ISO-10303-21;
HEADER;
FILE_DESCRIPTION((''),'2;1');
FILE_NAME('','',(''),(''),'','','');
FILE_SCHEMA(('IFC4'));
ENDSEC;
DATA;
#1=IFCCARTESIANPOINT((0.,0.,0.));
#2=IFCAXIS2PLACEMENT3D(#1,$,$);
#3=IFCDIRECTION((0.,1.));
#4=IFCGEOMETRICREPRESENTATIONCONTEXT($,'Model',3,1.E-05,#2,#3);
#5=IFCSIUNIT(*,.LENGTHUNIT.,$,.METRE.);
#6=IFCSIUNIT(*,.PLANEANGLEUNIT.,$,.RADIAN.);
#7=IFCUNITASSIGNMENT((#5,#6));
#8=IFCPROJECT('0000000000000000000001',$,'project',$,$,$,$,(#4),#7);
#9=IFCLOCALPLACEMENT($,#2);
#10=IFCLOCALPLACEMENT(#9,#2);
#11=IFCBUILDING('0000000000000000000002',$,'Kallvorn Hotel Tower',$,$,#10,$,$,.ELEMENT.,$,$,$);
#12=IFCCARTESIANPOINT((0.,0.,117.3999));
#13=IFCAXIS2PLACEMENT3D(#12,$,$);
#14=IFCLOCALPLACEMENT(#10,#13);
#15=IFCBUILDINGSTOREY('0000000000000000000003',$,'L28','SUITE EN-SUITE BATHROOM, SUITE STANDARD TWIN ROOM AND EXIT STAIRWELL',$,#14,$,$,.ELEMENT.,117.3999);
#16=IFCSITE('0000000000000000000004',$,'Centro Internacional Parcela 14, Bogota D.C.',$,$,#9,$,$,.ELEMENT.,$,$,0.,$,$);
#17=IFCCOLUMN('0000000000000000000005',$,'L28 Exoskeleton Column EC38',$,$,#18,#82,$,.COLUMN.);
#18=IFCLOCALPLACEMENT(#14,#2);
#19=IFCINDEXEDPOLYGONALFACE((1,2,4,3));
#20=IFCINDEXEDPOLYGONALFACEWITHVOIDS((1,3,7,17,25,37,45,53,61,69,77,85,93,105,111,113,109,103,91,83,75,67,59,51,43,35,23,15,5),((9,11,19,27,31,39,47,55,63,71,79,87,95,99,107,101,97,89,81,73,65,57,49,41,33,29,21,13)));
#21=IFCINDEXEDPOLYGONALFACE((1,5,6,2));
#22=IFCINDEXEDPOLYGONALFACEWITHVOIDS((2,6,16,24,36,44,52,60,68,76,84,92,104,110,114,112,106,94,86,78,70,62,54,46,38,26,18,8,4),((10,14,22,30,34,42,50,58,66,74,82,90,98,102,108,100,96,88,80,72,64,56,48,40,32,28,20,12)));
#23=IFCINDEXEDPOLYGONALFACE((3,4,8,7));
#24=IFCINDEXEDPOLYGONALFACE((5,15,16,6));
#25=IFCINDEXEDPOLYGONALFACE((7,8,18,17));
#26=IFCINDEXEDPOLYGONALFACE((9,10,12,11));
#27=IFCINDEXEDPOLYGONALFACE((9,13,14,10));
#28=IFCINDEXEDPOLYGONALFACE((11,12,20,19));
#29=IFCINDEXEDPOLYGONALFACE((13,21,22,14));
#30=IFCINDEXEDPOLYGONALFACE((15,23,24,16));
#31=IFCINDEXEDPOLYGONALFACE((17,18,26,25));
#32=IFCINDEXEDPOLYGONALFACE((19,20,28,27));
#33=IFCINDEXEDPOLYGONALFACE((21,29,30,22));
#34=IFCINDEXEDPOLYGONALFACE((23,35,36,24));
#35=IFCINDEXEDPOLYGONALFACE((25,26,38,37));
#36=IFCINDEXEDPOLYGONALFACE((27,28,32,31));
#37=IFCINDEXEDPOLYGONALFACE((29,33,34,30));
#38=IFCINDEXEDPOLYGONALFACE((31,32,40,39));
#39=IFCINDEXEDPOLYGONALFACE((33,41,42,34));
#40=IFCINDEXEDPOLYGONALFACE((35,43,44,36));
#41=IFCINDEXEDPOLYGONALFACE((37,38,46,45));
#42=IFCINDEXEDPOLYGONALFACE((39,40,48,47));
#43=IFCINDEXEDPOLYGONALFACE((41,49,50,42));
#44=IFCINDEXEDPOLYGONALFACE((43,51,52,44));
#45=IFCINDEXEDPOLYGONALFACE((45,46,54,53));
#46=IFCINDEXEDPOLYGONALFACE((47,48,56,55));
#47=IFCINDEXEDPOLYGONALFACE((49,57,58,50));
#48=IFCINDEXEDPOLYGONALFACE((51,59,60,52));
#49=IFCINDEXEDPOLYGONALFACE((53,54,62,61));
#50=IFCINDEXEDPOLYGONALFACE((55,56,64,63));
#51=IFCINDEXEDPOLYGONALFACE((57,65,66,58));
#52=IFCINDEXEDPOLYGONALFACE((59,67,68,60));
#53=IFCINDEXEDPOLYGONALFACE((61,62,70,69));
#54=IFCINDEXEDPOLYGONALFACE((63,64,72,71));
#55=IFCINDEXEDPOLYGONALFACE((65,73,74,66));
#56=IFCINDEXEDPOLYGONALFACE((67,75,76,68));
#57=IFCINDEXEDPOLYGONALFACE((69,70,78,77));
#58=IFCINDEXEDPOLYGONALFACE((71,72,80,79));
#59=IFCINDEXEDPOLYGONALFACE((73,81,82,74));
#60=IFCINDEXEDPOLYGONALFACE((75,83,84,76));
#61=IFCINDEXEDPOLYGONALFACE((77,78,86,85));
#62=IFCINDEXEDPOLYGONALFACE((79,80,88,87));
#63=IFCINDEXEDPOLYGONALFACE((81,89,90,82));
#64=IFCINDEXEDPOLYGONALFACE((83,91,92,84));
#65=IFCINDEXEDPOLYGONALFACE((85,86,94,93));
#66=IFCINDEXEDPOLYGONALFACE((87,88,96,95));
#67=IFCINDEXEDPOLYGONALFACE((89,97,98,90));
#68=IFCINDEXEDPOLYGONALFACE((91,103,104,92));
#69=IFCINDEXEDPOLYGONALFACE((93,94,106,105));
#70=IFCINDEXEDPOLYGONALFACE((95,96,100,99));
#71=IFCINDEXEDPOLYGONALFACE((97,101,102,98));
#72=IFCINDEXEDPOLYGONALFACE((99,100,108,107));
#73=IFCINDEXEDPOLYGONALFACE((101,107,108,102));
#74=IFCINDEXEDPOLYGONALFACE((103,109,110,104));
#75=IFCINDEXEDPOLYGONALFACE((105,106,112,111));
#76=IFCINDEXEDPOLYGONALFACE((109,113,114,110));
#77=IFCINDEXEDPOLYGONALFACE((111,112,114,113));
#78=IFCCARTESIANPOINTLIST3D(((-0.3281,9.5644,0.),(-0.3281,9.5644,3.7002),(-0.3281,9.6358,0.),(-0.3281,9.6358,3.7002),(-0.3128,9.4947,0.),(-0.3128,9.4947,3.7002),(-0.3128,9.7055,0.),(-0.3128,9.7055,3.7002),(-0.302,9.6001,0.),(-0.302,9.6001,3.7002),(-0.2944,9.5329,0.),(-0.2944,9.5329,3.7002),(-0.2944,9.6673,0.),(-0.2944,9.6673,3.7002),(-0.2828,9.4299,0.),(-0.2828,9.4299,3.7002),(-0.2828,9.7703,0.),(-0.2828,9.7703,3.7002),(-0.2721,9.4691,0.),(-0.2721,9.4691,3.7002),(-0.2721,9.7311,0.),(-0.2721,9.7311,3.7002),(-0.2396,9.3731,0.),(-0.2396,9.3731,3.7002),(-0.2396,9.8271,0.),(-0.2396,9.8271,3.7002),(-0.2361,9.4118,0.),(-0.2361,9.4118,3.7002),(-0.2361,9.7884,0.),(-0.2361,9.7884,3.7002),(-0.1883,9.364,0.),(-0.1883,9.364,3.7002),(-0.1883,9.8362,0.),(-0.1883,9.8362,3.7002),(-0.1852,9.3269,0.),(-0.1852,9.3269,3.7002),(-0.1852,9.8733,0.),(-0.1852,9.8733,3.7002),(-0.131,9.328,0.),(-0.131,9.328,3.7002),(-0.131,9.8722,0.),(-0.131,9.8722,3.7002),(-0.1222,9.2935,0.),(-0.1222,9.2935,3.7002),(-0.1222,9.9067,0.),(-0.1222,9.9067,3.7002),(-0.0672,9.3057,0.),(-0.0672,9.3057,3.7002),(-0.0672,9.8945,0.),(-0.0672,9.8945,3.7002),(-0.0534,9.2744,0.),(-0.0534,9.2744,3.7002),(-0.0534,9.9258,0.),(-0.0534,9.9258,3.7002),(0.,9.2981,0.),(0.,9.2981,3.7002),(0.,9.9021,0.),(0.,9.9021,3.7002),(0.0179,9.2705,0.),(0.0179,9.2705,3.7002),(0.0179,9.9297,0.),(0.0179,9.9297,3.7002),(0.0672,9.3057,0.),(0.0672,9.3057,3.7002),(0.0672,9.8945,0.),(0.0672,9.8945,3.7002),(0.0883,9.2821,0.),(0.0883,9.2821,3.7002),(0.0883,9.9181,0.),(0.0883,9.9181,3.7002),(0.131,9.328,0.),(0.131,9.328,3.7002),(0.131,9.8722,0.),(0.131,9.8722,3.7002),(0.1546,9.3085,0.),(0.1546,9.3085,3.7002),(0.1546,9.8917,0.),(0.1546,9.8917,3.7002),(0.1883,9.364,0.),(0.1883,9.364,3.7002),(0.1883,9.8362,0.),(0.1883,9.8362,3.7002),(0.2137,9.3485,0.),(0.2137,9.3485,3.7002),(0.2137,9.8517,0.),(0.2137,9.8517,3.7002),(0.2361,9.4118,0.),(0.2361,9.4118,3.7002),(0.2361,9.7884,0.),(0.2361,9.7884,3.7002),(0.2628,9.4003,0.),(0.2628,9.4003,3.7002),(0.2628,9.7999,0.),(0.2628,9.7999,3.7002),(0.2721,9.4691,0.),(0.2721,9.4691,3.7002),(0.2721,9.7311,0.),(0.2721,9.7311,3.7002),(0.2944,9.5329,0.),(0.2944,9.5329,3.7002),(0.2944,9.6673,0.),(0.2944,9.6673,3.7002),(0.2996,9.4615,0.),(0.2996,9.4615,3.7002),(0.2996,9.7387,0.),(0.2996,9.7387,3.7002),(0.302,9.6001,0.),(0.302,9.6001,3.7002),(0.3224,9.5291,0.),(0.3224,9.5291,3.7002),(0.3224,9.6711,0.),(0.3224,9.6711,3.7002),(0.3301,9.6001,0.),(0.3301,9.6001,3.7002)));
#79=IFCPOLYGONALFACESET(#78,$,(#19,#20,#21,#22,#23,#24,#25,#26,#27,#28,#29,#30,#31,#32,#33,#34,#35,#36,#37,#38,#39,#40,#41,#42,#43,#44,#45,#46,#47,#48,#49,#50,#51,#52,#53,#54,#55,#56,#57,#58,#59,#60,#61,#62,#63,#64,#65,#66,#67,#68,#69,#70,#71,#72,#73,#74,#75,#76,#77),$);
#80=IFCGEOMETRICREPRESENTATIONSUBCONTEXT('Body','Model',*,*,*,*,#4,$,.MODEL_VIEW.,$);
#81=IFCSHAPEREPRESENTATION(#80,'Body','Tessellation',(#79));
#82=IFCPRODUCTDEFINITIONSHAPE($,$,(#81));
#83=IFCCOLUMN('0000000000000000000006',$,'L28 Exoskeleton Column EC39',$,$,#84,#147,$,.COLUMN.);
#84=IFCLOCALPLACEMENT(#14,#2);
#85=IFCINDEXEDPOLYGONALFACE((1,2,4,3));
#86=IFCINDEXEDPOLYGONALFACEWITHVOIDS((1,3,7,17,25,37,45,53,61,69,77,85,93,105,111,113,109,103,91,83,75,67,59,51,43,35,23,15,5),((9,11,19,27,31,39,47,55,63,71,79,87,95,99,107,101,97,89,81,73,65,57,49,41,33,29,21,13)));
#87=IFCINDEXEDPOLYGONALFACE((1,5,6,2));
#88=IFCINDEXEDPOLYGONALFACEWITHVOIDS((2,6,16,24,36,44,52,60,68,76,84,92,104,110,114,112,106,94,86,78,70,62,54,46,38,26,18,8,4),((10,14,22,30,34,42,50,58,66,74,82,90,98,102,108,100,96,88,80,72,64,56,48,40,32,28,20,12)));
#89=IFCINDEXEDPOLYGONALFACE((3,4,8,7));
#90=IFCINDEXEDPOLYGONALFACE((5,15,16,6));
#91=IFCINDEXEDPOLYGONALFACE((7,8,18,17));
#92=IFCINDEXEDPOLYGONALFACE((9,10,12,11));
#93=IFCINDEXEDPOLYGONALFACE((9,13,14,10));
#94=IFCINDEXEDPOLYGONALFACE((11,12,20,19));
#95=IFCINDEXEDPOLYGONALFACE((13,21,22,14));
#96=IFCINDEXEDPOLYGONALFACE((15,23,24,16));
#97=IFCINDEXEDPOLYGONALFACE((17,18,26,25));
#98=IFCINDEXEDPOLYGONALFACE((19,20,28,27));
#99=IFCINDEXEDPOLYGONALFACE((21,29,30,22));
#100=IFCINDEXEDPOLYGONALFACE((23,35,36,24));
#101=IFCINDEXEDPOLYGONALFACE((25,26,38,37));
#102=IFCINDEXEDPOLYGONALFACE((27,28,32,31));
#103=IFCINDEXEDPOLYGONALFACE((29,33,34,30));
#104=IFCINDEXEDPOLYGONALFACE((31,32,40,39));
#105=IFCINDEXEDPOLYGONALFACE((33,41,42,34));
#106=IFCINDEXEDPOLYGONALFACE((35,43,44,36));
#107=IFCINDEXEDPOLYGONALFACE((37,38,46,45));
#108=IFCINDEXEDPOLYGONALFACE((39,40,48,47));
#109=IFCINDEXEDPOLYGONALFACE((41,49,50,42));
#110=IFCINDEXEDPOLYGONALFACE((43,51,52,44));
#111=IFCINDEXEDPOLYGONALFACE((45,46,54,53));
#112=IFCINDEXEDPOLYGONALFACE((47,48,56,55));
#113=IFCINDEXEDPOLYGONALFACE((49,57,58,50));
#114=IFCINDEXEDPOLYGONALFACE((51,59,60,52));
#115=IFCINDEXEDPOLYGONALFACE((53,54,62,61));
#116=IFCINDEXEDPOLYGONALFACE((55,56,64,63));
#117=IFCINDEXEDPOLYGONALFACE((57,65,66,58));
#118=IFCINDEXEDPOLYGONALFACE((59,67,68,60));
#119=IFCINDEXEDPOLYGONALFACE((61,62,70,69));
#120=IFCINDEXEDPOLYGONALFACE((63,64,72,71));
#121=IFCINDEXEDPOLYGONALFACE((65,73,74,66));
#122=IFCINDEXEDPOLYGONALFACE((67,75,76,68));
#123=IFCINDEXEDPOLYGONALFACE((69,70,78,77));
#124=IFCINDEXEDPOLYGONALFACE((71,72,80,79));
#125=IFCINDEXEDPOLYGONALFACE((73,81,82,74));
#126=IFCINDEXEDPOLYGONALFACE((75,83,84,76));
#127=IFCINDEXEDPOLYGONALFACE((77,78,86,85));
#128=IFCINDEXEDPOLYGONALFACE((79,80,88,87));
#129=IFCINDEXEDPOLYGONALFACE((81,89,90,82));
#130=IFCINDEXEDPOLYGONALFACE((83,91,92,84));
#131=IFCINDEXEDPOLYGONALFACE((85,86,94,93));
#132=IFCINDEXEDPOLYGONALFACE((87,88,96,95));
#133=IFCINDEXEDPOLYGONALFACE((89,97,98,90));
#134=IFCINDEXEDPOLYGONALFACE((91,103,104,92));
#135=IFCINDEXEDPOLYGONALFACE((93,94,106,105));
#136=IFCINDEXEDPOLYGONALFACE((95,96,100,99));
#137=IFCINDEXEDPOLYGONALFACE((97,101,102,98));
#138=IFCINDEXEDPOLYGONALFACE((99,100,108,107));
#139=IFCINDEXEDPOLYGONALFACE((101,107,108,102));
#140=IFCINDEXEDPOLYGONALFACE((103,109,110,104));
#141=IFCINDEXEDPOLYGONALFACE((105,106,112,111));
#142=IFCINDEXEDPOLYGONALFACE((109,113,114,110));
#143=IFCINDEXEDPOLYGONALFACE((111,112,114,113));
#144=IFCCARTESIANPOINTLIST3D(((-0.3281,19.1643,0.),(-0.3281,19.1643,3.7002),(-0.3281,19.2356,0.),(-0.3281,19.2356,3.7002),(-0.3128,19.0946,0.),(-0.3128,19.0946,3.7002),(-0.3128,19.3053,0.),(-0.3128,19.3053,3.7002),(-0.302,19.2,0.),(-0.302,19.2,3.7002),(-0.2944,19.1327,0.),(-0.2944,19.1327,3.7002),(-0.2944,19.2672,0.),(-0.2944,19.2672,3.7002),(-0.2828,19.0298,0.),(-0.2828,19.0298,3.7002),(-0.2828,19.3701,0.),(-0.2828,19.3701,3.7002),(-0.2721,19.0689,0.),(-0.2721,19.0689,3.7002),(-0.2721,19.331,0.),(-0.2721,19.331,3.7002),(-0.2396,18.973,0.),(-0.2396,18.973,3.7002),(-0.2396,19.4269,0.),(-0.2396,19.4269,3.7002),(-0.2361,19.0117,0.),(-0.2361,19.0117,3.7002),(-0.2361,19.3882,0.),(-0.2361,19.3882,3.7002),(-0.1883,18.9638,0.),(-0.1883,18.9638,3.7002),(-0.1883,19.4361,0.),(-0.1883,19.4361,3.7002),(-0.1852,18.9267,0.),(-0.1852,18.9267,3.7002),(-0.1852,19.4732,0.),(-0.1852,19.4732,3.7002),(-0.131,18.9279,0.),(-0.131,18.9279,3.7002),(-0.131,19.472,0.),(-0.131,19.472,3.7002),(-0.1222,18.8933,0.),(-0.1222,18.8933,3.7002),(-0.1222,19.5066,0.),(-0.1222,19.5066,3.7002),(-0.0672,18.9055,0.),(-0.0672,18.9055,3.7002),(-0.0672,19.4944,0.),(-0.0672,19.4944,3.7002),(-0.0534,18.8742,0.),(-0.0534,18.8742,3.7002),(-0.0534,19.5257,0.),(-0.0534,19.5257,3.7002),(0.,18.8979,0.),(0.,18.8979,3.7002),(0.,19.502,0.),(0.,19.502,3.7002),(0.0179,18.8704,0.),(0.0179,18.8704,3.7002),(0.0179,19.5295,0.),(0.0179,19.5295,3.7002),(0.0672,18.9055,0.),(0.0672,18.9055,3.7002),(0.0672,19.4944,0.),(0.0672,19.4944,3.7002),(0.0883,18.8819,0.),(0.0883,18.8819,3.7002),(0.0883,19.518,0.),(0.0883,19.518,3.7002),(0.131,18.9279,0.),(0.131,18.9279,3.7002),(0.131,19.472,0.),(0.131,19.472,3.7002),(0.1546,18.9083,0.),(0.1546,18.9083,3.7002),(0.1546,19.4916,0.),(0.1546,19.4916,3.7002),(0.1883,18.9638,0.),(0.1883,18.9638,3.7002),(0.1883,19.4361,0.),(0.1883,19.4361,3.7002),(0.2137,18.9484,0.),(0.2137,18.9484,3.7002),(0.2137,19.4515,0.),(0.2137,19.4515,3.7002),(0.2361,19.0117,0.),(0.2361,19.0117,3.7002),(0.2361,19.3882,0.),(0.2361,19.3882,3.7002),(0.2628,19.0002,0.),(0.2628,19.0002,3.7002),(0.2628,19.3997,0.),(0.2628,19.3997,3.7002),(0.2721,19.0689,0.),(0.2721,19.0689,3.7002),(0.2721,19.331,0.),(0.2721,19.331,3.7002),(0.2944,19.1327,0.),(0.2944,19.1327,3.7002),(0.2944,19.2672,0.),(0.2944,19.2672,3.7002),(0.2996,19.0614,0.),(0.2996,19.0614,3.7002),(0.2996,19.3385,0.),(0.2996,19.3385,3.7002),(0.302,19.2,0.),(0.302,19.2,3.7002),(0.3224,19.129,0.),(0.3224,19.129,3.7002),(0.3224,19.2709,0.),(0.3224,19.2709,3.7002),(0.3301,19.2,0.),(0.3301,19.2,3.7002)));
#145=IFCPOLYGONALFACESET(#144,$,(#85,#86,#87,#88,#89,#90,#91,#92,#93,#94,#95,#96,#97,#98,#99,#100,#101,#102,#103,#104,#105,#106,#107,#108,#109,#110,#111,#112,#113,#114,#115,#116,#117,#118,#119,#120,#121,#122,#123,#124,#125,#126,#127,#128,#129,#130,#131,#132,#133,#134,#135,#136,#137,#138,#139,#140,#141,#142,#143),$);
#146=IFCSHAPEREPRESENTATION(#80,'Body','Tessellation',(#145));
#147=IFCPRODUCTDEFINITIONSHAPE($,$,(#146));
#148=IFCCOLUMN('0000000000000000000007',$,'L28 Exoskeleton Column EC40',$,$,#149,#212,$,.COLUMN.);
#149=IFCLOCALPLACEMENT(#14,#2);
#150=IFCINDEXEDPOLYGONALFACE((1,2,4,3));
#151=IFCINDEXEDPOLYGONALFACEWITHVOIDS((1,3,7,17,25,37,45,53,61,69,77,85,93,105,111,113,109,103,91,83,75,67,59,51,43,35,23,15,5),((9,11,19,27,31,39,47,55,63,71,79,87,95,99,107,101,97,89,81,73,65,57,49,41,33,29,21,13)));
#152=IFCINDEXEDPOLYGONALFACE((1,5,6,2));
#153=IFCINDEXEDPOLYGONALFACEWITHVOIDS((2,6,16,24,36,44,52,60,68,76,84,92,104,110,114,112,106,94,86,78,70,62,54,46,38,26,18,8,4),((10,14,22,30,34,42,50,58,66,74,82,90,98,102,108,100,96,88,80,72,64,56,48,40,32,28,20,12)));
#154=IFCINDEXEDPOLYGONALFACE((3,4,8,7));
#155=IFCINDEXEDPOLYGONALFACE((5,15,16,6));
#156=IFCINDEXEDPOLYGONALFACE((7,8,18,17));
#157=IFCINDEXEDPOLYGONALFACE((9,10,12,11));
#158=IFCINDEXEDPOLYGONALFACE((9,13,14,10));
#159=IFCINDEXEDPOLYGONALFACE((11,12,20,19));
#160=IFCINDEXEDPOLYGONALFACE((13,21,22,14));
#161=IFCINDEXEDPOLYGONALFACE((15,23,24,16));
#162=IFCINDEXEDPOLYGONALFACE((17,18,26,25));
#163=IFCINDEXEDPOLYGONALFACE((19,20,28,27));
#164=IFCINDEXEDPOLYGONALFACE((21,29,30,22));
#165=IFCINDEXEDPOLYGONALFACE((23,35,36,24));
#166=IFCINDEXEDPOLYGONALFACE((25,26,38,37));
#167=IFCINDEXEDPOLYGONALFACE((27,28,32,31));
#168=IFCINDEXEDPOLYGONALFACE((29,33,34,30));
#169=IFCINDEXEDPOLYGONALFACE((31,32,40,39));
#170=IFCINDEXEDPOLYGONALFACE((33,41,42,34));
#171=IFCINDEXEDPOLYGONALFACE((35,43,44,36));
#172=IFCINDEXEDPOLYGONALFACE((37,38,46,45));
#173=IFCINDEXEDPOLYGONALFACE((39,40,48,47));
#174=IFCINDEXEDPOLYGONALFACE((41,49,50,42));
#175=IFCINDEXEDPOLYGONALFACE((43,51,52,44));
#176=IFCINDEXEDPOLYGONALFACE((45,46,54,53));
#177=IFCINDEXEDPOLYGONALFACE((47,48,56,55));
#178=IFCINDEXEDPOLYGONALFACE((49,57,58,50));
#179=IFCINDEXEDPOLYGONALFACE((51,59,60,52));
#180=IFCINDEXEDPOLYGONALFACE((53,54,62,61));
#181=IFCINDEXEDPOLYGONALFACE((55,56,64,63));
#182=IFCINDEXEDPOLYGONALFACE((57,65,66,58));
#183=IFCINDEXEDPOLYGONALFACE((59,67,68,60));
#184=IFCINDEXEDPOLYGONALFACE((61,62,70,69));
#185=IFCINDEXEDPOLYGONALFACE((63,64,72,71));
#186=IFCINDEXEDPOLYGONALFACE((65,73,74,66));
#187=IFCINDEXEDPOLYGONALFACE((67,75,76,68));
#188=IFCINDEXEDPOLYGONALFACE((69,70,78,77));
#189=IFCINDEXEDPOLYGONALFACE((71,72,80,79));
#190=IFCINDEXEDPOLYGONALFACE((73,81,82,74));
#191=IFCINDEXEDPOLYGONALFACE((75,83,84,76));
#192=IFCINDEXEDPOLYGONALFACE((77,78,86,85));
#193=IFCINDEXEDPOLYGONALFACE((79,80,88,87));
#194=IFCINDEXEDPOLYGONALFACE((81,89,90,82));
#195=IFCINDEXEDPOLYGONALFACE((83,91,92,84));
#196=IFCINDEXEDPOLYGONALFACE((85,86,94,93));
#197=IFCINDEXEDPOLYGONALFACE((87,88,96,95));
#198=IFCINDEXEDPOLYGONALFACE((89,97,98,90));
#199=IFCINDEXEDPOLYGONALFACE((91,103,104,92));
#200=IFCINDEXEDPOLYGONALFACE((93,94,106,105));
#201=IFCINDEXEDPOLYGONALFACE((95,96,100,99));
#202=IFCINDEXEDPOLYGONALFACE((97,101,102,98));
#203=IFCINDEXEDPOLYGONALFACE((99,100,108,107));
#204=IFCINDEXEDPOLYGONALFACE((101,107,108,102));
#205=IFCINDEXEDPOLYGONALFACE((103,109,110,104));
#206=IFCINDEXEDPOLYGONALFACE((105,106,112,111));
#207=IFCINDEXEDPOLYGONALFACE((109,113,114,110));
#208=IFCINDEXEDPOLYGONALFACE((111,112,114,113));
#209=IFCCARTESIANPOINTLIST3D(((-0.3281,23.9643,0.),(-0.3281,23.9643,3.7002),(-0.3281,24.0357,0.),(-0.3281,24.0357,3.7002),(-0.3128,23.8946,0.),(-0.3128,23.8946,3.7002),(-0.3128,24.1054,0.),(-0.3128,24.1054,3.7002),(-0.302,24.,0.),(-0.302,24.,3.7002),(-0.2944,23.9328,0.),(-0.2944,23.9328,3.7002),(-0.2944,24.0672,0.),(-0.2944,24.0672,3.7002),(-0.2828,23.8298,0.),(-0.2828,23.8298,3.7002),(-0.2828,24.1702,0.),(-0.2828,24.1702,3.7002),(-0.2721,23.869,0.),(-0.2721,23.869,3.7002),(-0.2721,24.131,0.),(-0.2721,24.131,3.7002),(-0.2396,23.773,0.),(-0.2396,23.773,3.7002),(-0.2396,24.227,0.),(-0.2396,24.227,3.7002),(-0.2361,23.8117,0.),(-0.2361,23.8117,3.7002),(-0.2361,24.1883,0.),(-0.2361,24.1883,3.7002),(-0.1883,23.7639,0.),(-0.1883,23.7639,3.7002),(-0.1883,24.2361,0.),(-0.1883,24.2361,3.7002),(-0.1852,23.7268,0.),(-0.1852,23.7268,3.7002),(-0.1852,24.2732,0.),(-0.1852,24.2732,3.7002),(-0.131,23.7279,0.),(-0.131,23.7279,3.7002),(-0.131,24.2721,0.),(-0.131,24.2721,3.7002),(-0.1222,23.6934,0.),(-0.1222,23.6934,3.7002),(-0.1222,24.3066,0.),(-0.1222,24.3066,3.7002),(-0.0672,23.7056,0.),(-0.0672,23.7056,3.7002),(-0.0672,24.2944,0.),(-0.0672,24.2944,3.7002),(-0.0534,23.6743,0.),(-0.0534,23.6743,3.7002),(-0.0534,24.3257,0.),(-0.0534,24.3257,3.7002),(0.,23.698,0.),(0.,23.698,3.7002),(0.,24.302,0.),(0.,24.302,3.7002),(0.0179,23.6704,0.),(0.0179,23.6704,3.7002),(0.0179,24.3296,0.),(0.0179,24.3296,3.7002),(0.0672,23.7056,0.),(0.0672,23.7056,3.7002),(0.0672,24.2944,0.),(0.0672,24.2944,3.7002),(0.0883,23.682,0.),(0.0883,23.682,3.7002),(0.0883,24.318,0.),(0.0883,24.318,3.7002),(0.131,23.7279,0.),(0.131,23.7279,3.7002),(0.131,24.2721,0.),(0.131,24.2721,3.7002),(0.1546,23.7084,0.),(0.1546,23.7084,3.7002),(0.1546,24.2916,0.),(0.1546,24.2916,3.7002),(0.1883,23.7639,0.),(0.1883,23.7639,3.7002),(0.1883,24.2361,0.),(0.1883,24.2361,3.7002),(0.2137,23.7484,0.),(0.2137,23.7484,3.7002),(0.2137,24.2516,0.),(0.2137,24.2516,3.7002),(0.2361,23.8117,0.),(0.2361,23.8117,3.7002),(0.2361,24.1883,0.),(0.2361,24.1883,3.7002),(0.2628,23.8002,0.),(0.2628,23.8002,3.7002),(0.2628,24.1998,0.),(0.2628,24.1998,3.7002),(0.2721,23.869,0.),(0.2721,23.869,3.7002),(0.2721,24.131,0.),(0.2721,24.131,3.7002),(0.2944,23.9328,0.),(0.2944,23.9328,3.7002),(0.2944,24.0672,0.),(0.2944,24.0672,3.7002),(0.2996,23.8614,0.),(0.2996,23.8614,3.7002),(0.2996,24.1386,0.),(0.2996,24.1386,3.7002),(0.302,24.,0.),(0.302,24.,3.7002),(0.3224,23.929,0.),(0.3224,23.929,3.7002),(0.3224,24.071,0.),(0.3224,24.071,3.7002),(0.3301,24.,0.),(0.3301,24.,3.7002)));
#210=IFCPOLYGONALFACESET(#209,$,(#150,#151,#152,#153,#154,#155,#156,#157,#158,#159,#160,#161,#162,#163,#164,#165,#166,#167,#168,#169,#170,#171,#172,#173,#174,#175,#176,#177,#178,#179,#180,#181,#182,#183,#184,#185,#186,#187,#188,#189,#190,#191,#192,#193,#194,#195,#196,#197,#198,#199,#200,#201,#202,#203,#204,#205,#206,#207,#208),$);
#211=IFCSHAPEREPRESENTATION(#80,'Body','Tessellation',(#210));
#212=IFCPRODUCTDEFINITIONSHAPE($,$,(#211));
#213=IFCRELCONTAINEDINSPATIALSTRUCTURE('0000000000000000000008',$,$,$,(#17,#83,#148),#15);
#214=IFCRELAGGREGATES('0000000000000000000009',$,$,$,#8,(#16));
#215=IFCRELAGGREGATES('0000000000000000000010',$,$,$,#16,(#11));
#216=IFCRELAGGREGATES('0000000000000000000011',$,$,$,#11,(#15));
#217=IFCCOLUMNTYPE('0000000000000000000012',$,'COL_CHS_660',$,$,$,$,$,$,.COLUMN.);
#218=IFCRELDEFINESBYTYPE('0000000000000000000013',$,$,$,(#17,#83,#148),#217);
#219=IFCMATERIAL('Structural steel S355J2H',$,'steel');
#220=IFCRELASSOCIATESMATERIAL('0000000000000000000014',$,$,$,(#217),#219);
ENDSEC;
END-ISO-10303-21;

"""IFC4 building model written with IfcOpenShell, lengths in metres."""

from ifc_helpers import new_model, si_unit, direction, frame, origin, origin_2d, place, context, subcontext, project, spatial, hollow_circle, extrude, material, material_profile, profile_set, type_object, element, save


model = new_model("IFC4")

# Units and contexts
model_context = context("Model", 3, precision=1e-05, world=origin(), true_north=direction((0.0, 1.0)))
body_context = subcontext(model_context, "Body", "Model", "MODEL_VIEW")
ifc_project = project(units=[si_unit("LENGTHUNIT", "METRE"), si_unit("PLANEANGLEUNIT", "RADIAN")], contexts=[model_context])

# Site, building, storey
site_placement = place(None, origin())
site = spatial("IfcSite", under=ifc_project, at=site_placement, Name="Centro Internacional Parcela 14, Bogota D.C.", CompositionType="ELEMENT", RefElevation=0.0)
building_placement = place(site_placement, origin())
building = spatial("IfcBuilding", under=site, at=building_placement, Name="Kallvorn Hotel Tower", CompositionType="ELEMENT")
storey_placement = place(building_placement, frame((0.0, 0.0, 117.3999)))
storey = spatial("IfcBuildingStorey", under=building, at=storey_placement, Name="L28", Description="SUITE EN-SUITE BATHROOM, SUITE STANDARD TWIN ROOM AND EXIT STAIRWELL", CompositionType="ELEMENT", Elevation=117.3999)

# Columns
ifc_material_1 = material(Name="Structural steel S355J2H", Category="steel")
ifc_material_profile_1 = material_profile(ifc_material_1, hollow_circle(Radius=0.3301, WallThickness=0.0281, at=origin_2d()), Name="CHS 660x28")
ifc_profile_set_1 = profile_set([ifc_material_profile_1], Name="Structural steel S355J2H")
column_type_1 = type_object("IfcColumnType", Name="COL_CHS_660", PredefinedType="COLUMN", material=ifc_profile_set_1)
for number, where, z_axis, x_axis, name in (
    (1, (0.0, 9.6001, 0.0), (0.0, 0.0, 1.0), (1.0, 0.0, 0.0), "L28 Exoskeleton Column EC38"),
    (2, (0.0, 19.2, 0.0), (0.0, 0.0, 1.0), (1.0, 0.0, 0.0), "L28 Exoskeleton Column EC39"),
    (3, (0.0, 24.0, 0.0), (0.0, 0.0, 1.0), (1.0, 0.0, 0.0), "L28 Exoskeleton Column EC40"),
):
    element("IfcColumn", number, at=place(storey_placement, frame(where, z_axis=z_axis, x_axis=x_axis)), inside=storey, type_object=column_type_1, Name=name, PredefinedType="COLUMN", context=body_context, shape_type="SweptSolid", body=[
        extrude(hollow_circle(Radius=0.3301, WallThickness=0.0281, at=origin_2d()), origin(), (0.0, 0.0, 1.0), 3.7002),
    ])

save(model, "model.ifc")
